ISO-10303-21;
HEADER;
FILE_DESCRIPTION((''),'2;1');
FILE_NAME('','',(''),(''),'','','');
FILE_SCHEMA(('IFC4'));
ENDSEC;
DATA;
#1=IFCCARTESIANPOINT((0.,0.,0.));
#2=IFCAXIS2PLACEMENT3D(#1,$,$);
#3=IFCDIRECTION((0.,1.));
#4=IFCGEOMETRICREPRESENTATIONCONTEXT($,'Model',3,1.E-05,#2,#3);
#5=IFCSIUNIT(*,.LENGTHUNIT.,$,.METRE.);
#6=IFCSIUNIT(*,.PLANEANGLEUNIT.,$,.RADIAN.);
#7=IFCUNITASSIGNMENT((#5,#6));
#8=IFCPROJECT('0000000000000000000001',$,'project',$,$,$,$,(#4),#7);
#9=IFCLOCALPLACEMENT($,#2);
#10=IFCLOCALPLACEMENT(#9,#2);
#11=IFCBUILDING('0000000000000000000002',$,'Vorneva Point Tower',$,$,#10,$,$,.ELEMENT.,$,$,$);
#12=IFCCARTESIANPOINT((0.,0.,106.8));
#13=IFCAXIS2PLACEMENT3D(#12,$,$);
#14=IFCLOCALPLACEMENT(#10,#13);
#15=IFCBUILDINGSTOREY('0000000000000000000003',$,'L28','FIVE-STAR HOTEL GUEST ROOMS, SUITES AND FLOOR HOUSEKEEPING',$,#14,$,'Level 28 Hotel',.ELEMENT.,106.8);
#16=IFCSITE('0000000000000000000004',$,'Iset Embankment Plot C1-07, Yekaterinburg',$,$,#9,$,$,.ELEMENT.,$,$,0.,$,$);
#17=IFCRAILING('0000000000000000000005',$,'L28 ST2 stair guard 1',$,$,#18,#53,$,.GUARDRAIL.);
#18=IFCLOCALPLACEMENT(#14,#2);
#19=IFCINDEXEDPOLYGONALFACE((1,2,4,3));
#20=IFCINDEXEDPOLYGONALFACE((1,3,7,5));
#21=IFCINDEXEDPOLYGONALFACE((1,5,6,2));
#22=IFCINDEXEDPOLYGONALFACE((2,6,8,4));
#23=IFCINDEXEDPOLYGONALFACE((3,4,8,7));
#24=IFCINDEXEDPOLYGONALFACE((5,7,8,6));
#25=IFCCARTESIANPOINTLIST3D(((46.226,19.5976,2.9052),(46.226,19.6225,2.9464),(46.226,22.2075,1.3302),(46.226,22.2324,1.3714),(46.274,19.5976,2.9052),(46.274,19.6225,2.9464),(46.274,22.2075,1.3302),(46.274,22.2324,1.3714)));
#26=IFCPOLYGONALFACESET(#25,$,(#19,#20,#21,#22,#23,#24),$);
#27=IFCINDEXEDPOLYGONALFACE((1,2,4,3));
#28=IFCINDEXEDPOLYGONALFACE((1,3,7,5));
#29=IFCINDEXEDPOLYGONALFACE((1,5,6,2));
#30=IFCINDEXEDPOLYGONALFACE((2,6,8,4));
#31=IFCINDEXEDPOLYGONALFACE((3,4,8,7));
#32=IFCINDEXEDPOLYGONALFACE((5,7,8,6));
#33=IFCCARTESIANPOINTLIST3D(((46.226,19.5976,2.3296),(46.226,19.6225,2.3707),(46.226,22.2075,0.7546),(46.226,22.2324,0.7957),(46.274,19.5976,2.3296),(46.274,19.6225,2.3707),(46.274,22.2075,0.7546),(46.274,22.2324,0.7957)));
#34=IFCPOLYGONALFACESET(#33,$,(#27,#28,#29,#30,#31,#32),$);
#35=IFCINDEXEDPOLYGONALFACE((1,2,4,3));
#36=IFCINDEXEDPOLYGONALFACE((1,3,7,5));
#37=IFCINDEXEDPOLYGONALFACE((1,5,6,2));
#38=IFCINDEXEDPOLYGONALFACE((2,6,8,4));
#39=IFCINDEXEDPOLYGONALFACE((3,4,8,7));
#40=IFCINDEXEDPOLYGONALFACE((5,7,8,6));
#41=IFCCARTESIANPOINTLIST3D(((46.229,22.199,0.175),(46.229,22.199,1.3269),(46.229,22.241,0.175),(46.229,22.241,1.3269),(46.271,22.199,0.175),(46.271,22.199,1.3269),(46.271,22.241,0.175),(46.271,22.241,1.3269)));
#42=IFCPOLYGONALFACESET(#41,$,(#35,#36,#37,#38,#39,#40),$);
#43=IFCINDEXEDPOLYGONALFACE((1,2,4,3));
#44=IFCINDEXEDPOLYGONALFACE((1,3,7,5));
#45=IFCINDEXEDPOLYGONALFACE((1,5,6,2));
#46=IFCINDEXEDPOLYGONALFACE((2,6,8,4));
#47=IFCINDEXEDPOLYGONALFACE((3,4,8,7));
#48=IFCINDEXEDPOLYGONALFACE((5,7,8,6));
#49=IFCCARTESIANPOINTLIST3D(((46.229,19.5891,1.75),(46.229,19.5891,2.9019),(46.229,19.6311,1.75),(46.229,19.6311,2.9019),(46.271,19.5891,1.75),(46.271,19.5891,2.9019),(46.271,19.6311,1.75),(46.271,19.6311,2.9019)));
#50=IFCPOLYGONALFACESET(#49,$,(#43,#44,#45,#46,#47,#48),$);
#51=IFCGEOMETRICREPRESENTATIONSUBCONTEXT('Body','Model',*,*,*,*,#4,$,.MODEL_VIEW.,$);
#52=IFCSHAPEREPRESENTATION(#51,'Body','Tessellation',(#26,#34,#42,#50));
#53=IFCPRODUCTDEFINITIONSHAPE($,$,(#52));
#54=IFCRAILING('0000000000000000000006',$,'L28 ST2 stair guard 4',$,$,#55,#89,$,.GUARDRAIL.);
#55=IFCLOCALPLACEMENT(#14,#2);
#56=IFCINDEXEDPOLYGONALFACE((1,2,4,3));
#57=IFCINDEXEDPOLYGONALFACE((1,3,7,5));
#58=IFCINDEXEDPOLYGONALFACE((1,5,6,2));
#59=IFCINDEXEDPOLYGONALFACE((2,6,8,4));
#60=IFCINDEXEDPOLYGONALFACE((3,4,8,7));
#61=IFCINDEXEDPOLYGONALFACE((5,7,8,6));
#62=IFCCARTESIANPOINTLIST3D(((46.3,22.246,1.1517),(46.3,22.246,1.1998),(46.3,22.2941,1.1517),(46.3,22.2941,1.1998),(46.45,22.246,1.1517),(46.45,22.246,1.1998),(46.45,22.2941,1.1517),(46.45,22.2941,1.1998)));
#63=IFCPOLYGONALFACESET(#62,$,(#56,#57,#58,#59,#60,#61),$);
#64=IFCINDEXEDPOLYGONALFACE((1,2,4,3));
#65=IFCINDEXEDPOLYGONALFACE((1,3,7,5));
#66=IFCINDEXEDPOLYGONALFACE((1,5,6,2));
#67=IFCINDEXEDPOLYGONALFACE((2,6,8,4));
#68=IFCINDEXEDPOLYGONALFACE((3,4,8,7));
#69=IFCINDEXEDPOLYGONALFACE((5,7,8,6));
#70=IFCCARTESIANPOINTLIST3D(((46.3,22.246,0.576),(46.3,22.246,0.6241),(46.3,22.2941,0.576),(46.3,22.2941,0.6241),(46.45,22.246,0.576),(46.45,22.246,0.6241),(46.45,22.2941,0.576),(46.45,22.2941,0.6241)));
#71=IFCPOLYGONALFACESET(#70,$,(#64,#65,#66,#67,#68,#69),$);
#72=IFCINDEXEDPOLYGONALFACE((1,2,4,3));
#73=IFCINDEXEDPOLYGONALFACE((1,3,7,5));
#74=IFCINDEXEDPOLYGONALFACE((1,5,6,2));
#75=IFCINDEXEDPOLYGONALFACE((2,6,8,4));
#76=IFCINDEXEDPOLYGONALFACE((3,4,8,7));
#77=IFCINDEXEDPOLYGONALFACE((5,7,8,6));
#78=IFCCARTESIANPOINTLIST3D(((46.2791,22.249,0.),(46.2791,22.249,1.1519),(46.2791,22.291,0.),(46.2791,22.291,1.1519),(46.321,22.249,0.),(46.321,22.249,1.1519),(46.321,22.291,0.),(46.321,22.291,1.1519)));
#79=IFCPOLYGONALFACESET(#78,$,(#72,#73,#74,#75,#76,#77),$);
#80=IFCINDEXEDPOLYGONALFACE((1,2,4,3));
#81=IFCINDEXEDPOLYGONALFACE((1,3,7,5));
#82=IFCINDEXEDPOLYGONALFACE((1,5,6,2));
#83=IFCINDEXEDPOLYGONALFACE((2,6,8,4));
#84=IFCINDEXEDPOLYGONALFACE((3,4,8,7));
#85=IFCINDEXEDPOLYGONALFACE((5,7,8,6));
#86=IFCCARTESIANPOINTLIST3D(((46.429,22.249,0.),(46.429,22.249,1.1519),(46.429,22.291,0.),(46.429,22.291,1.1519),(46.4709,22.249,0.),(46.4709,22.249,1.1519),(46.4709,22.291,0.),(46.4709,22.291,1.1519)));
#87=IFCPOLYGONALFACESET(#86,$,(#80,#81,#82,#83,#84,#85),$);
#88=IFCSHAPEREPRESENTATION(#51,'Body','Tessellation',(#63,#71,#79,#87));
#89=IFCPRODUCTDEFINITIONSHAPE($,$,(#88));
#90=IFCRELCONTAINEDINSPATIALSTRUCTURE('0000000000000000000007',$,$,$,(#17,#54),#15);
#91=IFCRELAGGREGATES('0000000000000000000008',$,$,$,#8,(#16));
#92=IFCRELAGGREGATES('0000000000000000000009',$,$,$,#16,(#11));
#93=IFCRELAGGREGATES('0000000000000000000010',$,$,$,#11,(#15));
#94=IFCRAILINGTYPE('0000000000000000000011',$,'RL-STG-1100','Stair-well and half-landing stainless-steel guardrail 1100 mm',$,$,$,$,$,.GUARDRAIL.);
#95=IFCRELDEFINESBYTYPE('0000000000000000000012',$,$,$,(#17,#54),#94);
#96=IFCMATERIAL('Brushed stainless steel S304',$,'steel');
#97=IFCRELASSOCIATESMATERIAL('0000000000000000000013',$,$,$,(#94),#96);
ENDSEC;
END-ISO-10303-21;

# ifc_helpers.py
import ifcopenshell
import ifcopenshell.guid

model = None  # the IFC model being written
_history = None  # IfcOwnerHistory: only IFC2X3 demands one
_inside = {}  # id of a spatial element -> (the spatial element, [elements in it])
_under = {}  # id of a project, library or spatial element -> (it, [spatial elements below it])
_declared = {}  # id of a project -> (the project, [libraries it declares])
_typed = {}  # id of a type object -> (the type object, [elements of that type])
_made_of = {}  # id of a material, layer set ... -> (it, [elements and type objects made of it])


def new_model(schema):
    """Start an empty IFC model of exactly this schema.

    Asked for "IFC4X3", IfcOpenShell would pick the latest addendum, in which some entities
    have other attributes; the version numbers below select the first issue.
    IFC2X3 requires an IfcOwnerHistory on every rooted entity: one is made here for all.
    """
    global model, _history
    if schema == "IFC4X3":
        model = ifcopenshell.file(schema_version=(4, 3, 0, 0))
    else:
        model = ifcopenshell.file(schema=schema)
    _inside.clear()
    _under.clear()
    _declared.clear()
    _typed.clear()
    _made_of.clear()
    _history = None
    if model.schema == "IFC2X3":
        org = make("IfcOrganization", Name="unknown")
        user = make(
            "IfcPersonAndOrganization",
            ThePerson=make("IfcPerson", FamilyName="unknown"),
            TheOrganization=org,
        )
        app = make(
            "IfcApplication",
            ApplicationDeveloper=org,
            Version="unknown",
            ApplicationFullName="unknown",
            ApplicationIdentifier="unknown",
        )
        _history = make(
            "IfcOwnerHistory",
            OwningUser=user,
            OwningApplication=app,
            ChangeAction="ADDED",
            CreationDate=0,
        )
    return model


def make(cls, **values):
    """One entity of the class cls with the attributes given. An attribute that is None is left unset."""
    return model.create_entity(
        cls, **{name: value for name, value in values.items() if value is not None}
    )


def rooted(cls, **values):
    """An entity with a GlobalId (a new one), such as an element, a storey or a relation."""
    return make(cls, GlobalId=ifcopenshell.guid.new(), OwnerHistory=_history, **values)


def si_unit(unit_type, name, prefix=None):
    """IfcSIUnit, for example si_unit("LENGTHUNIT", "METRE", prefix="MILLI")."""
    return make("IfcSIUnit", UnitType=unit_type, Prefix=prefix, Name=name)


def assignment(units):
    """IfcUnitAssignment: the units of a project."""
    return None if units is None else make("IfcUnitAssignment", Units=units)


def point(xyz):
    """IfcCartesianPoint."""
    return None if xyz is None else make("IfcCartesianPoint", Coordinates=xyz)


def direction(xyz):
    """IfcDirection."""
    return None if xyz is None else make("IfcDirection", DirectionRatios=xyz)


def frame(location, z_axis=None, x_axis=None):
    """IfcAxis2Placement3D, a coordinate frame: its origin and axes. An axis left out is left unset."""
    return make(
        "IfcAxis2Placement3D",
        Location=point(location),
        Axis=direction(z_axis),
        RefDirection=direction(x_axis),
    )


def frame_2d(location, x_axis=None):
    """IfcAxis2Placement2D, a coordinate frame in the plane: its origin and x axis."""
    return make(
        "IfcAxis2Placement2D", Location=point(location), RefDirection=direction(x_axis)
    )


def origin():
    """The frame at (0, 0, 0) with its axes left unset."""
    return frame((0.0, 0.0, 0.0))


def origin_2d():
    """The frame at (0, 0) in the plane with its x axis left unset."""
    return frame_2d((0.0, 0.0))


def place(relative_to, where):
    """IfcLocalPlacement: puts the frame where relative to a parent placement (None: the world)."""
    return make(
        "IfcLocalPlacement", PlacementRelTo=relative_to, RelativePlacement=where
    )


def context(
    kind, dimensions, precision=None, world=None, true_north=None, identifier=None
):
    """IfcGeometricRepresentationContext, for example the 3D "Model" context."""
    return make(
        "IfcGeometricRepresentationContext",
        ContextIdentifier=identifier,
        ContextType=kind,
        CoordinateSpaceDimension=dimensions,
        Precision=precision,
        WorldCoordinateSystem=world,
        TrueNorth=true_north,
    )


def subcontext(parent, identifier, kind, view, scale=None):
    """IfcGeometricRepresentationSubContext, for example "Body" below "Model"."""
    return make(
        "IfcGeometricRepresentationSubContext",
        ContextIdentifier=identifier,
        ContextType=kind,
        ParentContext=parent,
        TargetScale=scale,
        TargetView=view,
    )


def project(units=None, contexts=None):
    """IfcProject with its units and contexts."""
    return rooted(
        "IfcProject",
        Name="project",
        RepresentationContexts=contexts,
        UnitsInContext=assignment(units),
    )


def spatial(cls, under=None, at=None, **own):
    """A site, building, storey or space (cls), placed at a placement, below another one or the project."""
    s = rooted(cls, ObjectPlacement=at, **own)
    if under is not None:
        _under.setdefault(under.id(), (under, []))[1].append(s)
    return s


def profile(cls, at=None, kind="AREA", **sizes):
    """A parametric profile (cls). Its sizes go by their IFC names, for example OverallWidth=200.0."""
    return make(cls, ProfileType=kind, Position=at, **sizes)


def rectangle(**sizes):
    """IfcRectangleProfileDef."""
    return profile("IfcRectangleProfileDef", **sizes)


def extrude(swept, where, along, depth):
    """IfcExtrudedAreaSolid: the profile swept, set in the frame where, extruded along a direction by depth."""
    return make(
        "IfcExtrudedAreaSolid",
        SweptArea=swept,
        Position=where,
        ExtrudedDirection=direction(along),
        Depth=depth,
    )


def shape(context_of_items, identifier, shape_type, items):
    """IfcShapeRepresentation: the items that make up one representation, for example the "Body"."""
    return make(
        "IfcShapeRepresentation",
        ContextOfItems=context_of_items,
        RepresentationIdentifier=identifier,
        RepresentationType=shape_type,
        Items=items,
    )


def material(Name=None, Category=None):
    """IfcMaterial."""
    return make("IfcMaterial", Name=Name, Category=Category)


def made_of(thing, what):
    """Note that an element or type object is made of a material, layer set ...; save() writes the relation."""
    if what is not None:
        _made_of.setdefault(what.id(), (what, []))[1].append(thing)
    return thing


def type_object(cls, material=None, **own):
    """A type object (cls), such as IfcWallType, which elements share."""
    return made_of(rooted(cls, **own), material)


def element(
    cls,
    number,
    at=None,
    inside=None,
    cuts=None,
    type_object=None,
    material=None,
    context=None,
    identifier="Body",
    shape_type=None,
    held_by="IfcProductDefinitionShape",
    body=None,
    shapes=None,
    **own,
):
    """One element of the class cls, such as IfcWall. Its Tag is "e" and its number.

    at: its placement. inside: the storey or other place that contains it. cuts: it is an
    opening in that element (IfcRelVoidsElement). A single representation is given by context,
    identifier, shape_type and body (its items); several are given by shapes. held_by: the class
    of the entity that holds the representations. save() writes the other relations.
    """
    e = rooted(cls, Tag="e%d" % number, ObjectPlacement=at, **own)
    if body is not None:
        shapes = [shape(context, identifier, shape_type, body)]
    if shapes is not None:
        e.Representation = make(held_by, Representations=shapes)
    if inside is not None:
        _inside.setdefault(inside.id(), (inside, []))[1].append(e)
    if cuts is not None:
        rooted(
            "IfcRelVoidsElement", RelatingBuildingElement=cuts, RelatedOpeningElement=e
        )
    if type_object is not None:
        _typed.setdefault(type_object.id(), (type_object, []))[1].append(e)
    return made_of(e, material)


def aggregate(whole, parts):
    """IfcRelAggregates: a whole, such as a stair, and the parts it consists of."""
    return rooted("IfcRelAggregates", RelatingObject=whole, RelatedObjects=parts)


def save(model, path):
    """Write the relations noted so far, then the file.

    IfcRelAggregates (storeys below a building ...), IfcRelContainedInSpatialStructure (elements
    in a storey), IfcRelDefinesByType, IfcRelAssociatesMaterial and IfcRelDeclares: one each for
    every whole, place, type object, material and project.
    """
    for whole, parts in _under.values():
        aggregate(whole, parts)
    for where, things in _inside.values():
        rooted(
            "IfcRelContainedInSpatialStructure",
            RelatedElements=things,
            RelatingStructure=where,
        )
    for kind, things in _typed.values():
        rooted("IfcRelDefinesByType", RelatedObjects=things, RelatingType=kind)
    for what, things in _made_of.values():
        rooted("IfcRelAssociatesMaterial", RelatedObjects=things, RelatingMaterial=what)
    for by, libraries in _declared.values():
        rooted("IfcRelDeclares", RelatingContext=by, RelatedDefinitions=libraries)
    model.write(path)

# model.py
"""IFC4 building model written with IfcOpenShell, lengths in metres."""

from ifc_helpers import new_model, si_unit, direction, frame, origin, origin_2d, place, context, subcontext, project, spatial, rectangle, extrude, material, type_object, element, save


model = new_model("IFC4")

# Units and contexts
model_context = context("Model", 3, precision=1e-05, world=origin(), true_north=direction((0.0, 1.0)))
body_context = subcontext(model_context, "Body", "Model", "MODEL_VIEW")
ifc_project = project(units=[si_unit("LENGTHUNIT", "METRE"), si_unit("PLANEANGLEUNIT", "RADIAN")], contexts=[model_context])

# Site, building, storey
site_placement = place(None, origin())
site = spatial("IfcSite", under=ifc_project, at=site_placement, Name="Iset Embankment Plot C1-07, Yekaterinburg", CompositionType="ELEMENT", RefElevation=0.0)
building_placement = place(site_placement, origin())
building = spatial("IfcBuilding", under=site, at=building_placement, Name="Vorneva Point Tower", CompositionType="ELEMENT")
storey_placement = place(building_placement, frame((0.0, 0.0, 106.8)))
storey = spatial("IfcBuildingStorey", under=building, at=storey_placement, Name="L28", Description="FIVE-STAR HOTEL GUEST ROOMS, SUITES AND FLOOR HOUSEKEEPING", LongName="Level 28 Hotel", CompositionType="ELEMENT", Elevation=106.8)

# Shared definitions
ifc_material_1 = material(Name="Brushed stainless steel S304", Category="steel")

# Railings
railing_type_1 = type_object("IfcRailingType", Name="RL-STG-1100", Description="Stair-well and half-landing stainless-steel guardrail 1100 mm", PredefinedType="GUARDRAIL", material=ifc_material_1)
railing_1_placement = place(storey_placement, frame((46.25, 22.22, 0.175)))
element("IfcRailing", 1, at=railing_1_placement, inside=storey, type_object=railing_type_1, Name="L28 ST2 stair guard 1", PredefinedType="GUARDRAIL", context=body_context, shape_type="SweptSolid", body=[
    extrude(rectangle(XDim=0.0481, YDim=0.0481, at=origin_2d()), frame((0.0, 0.0, 1.1758), z_axis=(0.0, -0.856183, 0.516673), x_axis=(1.0, 0.0, 0.0)), (0.0, 0.0, 1.0), 3.0483),
    extrude(rectangle(XDim=0.0481, YDim=0.0481, at=origin_2d()), frame((0.0, 0.0, 0.6001), z_axis=(0.0, -0.856183, 0.516673), x_axis=(1.0, 0.0, 0.0)), (0.0, 0.0, 1.0), 3.0483),
    extrude(rectangle(XDim=0.042, YDim=0.042, at=origin_2d()), origin(), (0.0, 0.0, 1.0), 1.1519),
    extrude(rectangle(XDim=0.042, YDim=0.042, at=origin_2d()), frame((0.0, -2.6099, 1.575)), (0.0, 0.0, 1.0), 1.1519),
])
railing_2_placement = place(storey_placement, frame((46.3, 22.27, 0.0)))
element("IfcRailing", 2, at=railing_2_placement, inside=storey, type_object=railing_type_1, Name="L28 ST2 stair guard 4", PredefinedType="GUARDRAIL", context=body_context, shape_type="SweptSolid", body=[
    extrude(rectangle(XDim=0.0481, YDim=0.0481, at=origin_2d()), frame((0.0, 0.0, 1.1758), z_axis=(1.0, 0.0, 0.0), x_axis=(0.0, 1.0, 0.0)), (0.0, 0.0, 1.0), 0.1499),
    extrude(rectangle(XDim=0.0481, YDim=0.0481, at=origin_2d()), frame((0.0, 0.0, 0.6001), z_axis=(1.0, 0.0, 0.0), x_axis=(0.0, 1.0, 0.0)), (0.0, 0.0, 1.0), 0.1499),
    extrude(rectangle(XDim=0.042, YDim=0.042, at=origin_2d()), origin(), (0.0, 0.0, 1.0), 1.1519),
    extrude(rectangle(XDim=0.042, YDim=0.042, at=origin_2d()), frame((0.1499, 0.0, 0.0)), (0.0, 0.0, 1.0), 1.1519),
])

save(model, "model.ifc")
